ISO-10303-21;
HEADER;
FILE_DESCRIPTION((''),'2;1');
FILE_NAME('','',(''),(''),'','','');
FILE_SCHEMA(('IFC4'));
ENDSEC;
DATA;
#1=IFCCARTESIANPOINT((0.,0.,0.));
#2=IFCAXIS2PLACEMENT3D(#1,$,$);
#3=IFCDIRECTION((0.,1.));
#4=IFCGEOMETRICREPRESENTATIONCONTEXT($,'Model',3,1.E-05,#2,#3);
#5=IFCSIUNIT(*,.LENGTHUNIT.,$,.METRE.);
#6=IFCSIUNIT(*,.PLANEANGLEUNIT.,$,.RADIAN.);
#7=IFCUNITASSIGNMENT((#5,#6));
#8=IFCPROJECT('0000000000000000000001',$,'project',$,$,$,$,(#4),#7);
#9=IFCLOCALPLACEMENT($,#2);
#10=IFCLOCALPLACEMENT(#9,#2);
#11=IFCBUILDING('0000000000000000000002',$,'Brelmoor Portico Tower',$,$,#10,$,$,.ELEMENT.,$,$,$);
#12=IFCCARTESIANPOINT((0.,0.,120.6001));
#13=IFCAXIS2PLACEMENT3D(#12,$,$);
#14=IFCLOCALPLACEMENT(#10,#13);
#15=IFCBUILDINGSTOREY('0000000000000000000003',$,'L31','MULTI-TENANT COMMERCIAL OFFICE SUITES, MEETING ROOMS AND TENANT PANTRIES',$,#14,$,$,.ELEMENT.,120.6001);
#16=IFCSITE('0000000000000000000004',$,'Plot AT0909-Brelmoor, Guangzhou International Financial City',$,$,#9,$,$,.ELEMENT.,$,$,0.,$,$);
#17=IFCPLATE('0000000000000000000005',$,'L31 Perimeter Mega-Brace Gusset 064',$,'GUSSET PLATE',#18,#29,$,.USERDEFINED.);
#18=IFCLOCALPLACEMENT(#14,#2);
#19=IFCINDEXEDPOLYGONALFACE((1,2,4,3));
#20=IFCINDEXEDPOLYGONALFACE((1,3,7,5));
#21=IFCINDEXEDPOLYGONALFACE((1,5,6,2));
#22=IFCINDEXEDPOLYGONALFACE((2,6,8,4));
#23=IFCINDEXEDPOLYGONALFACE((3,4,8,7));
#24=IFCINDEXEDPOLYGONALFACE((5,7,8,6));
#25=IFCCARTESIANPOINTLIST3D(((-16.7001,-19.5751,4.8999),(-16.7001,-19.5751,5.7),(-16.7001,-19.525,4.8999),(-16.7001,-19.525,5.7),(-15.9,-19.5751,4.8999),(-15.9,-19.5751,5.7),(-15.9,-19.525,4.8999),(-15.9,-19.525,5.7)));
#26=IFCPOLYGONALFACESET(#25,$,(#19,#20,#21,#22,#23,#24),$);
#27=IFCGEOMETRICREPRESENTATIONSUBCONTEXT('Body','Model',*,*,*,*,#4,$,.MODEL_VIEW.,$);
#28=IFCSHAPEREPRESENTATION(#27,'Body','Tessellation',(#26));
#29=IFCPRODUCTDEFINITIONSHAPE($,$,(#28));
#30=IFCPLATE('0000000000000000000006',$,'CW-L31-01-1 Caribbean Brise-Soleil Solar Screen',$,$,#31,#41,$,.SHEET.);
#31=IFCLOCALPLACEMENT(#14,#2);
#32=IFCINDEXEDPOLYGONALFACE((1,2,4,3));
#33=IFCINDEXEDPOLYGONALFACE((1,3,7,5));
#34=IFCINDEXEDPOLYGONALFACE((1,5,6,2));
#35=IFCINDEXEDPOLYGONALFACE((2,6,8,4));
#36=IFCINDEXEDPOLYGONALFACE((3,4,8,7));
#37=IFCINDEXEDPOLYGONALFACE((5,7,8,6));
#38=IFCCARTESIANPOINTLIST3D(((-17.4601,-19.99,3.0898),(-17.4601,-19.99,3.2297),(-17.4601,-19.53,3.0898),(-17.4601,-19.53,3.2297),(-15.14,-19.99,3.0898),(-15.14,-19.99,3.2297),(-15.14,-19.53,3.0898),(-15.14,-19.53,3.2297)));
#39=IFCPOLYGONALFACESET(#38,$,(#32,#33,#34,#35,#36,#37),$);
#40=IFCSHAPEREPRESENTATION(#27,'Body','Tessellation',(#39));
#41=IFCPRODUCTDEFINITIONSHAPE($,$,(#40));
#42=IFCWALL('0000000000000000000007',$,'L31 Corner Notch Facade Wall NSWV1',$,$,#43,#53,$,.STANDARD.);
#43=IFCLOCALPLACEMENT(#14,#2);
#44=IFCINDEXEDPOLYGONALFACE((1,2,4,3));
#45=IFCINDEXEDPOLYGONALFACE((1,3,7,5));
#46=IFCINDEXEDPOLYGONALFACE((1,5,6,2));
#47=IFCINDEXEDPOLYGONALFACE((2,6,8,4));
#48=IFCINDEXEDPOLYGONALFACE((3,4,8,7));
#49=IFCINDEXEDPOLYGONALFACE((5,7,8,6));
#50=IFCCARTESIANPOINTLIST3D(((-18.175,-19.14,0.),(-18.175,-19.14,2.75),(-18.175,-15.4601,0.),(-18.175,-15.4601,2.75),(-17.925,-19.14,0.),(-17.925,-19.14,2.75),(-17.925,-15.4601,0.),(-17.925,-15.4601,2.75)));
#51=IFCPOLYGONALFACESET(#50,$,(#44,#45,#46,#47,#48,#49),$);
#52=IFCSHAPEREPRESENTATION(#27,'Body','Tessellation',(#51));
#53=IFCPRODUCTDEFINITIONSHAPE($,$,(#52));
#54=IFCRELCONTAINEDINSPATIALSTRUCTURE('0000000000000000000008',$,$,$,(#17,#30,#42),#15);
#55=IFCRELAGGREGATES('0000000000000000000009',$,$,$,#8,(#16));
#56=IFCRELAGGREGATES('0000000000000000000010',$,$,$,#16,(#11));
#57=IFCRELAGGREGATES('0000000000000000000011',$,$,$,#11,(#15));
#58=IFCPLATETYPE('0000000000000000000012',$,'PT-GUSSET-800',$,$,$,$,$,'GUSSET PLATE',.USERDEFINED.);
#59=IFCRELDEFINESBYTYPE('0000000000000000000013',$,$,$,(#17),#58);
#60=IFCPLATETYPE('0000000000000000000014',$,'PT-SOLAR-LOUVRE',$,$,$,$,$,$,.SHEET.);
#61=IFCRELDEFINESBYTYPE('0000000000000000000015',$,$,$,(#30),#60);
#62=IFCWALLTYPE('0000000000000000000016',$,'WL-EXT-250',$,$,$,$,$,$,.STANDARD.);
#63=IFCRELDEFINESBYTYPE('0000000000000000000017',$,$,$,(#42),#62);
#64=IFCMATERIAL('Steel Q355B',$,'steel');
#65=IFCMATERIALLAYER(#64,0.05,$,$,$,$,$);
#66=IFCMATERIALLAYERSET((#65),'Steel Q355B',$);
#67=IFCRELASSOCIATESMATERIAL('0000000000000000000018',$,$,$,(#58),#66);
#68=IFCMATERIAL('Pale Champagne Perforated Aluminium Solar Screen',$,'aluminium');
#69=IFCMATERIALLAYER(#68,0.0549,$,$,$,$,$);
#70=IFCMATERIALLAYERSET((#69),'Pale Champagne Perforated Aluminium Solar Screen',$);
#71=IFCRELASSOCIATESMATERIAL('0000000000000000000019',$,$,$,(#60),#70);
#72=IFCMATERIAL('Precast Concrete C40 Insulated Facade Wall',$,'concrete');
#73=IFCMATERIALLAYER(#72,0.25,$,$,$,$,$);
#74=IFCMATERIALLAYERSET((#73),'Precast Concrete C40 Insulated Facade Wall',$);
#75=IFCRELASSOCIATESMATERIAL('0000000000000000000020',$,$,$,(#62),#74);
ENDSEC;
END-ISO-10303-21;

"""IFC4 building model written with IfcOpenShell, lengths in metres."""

from ifc_helpers import new_model, si_unit, direction, frame, frame_2d, origin, origin_2d, place, context, subcontext, project, spatial, rectangle, extrude, material, layer, layer_set, type_object, element, save


model = new_model("IFC4")

# Units and contexts
model_context = context("Model", 3, precision=1e-05, world=origin(), true_north=direction((0.0, 1.0)))
body_context = subcontext(model_context, "Body", "Model", "MODEL_VIEW")
ifc_project = project(units=[si_unit("LENGTHUNIT", "METRE"), si_unit("PLANEANGLEUNIT", "RADIAN")], contexts=[model_context])

# Site, building, storey
site_placement = place(None, origin())
site = spatial("IfcSite", under=ifc_project, at=site_placement, Name="Plot AT0909-Brelmoor, Guangzhou International Financial City", CompositionType="ELEMENT", RefElevation=0.0)
building_placement = place(site_placement, origin())
building = spatial("IfcBuilding", under=site, at=building_placement, Name="Brelmoor Portico Tower", CompositionType="ELEMENT")
storey_placement = place(building_placement, frame((0.0, 0.0, 120.6001)))
storey = spatial("IfcBuildingStorey", under=building, at=storey_placement, Name="L31", Description="MULTI-TENANT COMMERCIAL OFFICE SUITES, MEETING ROOMS AND TENANT PANTRIES", CompositionType="ELEMENT", Elevation=120.6001)

# Shared definitions
ifc_material_1 = material(Name="Steel Q355B", Category="steel")

# Plates
ifc_layer_1 = layer(ifc_material_1, 0.05)
ifc_layer_set_1 = layer_set([ifc_layer_1], Name="Steel Q355B")
plate_type_1 = type_object("IfcPlateType", Name="PT-GUSSET-800", ElementType="GUSSET PLATE", PredefinedType="USERDEFINED", material=ifc_layer_set_1)
plate_1_placement = place(storey_placement, frame((-16.3, -19.55, 4.8999), z_axis=(0.0, 0.0, 1.0), x_axis=(1.0, 0.0, 0.0)))
element("IfcPlate", 1, at=plate_1_placement, inside=storey, type_object=plate_type_1, Name="L31 Perimeter Mega-Brace Gusset 064", ObjectType="GUSSET PLATE", PredefinedType="USERDEFINED", context=body_context, shape_type="SweptSolid", body=[
    extrude(rectangle(XDim=0.8, YDim=0.05, at=origin_2d()), origin(), (0.0, 0.0, 1.0), 0.8),
])
ifc_material_2 = material(Name="Pale Champagne Perforated Aluminium Solar Screen", Category="aluminium")
ifc_layer_2 = layer(ifc_material_2, 0.0549)
ifc_layer_set_2 = layer_set([ifc_layer_2], Name="Pale Champagne Perforated Aluminium Solar Screen")
plate_type_2 = type_object("IfcPlateType", Name="PT-SOLAR-LOUVRE", PredefinedType="SHEET", material=ifc_layer_set_2)
plate_2_placement = place(storey_placement, frame((-16.3, -19.76, 3.0898), z_axis=(0.0, 0.0, 1.0), x_axis=(1.0, 0.0, 0.0)))
element("IfcPlate", 2, at=plate_2_placement, inside=storey, type_object=plate_type_2, Name="CW-L31-01-1 Caribbean Brise-Soleil Solar Screen", PredefinedType="SHEET", context=body_context, shape_type="SweptSolid", body=[
    extrude(rectangle(XDim=2.3201, YDim=0.46, at=origin_2d()), origin(), (0.0, 0.0, 1.0), 0.1399),
])

# Wall
ifc_material_3 = material(Name="Precast Concrete C40 Insulated Facade Wall", Category="concrete")
ifc_layer_3 = layer(ifc_material_3, 0.25)
ifc_layer_set_3 = layer_set([ifc_layer_3], Name="Precast Concrete C40 Insulated Facade Wall")
wall_type = type_object("IfcWallType", Name="WL-EXT-250", PredefinedType="STANDARD", material=ifc_layer_set_3)
wall_placement = place(storey_placement, frame((-18.05, -19.1399, 0.0), z_axis=(0.0, 0.0, 1.0), x_axis=(0.0, 1.0, 0.0)))
element("IfcWall", 3, at=wall_placement, inside=storey, type_object=wall_type, Name="L31 Corner Notch Facade Wall NSWV1", PredefinedType="STANDARD", context=body_context, shape_type="SweptSolid", body=[
    extrude(rectangle(XDim=3.6799, YDim=0.25, at=frame_2d((1.8398, 0.0))), origin(), (0.0, 0.0, 1.0), 2.75),
])

save(model, "model.ifc")
